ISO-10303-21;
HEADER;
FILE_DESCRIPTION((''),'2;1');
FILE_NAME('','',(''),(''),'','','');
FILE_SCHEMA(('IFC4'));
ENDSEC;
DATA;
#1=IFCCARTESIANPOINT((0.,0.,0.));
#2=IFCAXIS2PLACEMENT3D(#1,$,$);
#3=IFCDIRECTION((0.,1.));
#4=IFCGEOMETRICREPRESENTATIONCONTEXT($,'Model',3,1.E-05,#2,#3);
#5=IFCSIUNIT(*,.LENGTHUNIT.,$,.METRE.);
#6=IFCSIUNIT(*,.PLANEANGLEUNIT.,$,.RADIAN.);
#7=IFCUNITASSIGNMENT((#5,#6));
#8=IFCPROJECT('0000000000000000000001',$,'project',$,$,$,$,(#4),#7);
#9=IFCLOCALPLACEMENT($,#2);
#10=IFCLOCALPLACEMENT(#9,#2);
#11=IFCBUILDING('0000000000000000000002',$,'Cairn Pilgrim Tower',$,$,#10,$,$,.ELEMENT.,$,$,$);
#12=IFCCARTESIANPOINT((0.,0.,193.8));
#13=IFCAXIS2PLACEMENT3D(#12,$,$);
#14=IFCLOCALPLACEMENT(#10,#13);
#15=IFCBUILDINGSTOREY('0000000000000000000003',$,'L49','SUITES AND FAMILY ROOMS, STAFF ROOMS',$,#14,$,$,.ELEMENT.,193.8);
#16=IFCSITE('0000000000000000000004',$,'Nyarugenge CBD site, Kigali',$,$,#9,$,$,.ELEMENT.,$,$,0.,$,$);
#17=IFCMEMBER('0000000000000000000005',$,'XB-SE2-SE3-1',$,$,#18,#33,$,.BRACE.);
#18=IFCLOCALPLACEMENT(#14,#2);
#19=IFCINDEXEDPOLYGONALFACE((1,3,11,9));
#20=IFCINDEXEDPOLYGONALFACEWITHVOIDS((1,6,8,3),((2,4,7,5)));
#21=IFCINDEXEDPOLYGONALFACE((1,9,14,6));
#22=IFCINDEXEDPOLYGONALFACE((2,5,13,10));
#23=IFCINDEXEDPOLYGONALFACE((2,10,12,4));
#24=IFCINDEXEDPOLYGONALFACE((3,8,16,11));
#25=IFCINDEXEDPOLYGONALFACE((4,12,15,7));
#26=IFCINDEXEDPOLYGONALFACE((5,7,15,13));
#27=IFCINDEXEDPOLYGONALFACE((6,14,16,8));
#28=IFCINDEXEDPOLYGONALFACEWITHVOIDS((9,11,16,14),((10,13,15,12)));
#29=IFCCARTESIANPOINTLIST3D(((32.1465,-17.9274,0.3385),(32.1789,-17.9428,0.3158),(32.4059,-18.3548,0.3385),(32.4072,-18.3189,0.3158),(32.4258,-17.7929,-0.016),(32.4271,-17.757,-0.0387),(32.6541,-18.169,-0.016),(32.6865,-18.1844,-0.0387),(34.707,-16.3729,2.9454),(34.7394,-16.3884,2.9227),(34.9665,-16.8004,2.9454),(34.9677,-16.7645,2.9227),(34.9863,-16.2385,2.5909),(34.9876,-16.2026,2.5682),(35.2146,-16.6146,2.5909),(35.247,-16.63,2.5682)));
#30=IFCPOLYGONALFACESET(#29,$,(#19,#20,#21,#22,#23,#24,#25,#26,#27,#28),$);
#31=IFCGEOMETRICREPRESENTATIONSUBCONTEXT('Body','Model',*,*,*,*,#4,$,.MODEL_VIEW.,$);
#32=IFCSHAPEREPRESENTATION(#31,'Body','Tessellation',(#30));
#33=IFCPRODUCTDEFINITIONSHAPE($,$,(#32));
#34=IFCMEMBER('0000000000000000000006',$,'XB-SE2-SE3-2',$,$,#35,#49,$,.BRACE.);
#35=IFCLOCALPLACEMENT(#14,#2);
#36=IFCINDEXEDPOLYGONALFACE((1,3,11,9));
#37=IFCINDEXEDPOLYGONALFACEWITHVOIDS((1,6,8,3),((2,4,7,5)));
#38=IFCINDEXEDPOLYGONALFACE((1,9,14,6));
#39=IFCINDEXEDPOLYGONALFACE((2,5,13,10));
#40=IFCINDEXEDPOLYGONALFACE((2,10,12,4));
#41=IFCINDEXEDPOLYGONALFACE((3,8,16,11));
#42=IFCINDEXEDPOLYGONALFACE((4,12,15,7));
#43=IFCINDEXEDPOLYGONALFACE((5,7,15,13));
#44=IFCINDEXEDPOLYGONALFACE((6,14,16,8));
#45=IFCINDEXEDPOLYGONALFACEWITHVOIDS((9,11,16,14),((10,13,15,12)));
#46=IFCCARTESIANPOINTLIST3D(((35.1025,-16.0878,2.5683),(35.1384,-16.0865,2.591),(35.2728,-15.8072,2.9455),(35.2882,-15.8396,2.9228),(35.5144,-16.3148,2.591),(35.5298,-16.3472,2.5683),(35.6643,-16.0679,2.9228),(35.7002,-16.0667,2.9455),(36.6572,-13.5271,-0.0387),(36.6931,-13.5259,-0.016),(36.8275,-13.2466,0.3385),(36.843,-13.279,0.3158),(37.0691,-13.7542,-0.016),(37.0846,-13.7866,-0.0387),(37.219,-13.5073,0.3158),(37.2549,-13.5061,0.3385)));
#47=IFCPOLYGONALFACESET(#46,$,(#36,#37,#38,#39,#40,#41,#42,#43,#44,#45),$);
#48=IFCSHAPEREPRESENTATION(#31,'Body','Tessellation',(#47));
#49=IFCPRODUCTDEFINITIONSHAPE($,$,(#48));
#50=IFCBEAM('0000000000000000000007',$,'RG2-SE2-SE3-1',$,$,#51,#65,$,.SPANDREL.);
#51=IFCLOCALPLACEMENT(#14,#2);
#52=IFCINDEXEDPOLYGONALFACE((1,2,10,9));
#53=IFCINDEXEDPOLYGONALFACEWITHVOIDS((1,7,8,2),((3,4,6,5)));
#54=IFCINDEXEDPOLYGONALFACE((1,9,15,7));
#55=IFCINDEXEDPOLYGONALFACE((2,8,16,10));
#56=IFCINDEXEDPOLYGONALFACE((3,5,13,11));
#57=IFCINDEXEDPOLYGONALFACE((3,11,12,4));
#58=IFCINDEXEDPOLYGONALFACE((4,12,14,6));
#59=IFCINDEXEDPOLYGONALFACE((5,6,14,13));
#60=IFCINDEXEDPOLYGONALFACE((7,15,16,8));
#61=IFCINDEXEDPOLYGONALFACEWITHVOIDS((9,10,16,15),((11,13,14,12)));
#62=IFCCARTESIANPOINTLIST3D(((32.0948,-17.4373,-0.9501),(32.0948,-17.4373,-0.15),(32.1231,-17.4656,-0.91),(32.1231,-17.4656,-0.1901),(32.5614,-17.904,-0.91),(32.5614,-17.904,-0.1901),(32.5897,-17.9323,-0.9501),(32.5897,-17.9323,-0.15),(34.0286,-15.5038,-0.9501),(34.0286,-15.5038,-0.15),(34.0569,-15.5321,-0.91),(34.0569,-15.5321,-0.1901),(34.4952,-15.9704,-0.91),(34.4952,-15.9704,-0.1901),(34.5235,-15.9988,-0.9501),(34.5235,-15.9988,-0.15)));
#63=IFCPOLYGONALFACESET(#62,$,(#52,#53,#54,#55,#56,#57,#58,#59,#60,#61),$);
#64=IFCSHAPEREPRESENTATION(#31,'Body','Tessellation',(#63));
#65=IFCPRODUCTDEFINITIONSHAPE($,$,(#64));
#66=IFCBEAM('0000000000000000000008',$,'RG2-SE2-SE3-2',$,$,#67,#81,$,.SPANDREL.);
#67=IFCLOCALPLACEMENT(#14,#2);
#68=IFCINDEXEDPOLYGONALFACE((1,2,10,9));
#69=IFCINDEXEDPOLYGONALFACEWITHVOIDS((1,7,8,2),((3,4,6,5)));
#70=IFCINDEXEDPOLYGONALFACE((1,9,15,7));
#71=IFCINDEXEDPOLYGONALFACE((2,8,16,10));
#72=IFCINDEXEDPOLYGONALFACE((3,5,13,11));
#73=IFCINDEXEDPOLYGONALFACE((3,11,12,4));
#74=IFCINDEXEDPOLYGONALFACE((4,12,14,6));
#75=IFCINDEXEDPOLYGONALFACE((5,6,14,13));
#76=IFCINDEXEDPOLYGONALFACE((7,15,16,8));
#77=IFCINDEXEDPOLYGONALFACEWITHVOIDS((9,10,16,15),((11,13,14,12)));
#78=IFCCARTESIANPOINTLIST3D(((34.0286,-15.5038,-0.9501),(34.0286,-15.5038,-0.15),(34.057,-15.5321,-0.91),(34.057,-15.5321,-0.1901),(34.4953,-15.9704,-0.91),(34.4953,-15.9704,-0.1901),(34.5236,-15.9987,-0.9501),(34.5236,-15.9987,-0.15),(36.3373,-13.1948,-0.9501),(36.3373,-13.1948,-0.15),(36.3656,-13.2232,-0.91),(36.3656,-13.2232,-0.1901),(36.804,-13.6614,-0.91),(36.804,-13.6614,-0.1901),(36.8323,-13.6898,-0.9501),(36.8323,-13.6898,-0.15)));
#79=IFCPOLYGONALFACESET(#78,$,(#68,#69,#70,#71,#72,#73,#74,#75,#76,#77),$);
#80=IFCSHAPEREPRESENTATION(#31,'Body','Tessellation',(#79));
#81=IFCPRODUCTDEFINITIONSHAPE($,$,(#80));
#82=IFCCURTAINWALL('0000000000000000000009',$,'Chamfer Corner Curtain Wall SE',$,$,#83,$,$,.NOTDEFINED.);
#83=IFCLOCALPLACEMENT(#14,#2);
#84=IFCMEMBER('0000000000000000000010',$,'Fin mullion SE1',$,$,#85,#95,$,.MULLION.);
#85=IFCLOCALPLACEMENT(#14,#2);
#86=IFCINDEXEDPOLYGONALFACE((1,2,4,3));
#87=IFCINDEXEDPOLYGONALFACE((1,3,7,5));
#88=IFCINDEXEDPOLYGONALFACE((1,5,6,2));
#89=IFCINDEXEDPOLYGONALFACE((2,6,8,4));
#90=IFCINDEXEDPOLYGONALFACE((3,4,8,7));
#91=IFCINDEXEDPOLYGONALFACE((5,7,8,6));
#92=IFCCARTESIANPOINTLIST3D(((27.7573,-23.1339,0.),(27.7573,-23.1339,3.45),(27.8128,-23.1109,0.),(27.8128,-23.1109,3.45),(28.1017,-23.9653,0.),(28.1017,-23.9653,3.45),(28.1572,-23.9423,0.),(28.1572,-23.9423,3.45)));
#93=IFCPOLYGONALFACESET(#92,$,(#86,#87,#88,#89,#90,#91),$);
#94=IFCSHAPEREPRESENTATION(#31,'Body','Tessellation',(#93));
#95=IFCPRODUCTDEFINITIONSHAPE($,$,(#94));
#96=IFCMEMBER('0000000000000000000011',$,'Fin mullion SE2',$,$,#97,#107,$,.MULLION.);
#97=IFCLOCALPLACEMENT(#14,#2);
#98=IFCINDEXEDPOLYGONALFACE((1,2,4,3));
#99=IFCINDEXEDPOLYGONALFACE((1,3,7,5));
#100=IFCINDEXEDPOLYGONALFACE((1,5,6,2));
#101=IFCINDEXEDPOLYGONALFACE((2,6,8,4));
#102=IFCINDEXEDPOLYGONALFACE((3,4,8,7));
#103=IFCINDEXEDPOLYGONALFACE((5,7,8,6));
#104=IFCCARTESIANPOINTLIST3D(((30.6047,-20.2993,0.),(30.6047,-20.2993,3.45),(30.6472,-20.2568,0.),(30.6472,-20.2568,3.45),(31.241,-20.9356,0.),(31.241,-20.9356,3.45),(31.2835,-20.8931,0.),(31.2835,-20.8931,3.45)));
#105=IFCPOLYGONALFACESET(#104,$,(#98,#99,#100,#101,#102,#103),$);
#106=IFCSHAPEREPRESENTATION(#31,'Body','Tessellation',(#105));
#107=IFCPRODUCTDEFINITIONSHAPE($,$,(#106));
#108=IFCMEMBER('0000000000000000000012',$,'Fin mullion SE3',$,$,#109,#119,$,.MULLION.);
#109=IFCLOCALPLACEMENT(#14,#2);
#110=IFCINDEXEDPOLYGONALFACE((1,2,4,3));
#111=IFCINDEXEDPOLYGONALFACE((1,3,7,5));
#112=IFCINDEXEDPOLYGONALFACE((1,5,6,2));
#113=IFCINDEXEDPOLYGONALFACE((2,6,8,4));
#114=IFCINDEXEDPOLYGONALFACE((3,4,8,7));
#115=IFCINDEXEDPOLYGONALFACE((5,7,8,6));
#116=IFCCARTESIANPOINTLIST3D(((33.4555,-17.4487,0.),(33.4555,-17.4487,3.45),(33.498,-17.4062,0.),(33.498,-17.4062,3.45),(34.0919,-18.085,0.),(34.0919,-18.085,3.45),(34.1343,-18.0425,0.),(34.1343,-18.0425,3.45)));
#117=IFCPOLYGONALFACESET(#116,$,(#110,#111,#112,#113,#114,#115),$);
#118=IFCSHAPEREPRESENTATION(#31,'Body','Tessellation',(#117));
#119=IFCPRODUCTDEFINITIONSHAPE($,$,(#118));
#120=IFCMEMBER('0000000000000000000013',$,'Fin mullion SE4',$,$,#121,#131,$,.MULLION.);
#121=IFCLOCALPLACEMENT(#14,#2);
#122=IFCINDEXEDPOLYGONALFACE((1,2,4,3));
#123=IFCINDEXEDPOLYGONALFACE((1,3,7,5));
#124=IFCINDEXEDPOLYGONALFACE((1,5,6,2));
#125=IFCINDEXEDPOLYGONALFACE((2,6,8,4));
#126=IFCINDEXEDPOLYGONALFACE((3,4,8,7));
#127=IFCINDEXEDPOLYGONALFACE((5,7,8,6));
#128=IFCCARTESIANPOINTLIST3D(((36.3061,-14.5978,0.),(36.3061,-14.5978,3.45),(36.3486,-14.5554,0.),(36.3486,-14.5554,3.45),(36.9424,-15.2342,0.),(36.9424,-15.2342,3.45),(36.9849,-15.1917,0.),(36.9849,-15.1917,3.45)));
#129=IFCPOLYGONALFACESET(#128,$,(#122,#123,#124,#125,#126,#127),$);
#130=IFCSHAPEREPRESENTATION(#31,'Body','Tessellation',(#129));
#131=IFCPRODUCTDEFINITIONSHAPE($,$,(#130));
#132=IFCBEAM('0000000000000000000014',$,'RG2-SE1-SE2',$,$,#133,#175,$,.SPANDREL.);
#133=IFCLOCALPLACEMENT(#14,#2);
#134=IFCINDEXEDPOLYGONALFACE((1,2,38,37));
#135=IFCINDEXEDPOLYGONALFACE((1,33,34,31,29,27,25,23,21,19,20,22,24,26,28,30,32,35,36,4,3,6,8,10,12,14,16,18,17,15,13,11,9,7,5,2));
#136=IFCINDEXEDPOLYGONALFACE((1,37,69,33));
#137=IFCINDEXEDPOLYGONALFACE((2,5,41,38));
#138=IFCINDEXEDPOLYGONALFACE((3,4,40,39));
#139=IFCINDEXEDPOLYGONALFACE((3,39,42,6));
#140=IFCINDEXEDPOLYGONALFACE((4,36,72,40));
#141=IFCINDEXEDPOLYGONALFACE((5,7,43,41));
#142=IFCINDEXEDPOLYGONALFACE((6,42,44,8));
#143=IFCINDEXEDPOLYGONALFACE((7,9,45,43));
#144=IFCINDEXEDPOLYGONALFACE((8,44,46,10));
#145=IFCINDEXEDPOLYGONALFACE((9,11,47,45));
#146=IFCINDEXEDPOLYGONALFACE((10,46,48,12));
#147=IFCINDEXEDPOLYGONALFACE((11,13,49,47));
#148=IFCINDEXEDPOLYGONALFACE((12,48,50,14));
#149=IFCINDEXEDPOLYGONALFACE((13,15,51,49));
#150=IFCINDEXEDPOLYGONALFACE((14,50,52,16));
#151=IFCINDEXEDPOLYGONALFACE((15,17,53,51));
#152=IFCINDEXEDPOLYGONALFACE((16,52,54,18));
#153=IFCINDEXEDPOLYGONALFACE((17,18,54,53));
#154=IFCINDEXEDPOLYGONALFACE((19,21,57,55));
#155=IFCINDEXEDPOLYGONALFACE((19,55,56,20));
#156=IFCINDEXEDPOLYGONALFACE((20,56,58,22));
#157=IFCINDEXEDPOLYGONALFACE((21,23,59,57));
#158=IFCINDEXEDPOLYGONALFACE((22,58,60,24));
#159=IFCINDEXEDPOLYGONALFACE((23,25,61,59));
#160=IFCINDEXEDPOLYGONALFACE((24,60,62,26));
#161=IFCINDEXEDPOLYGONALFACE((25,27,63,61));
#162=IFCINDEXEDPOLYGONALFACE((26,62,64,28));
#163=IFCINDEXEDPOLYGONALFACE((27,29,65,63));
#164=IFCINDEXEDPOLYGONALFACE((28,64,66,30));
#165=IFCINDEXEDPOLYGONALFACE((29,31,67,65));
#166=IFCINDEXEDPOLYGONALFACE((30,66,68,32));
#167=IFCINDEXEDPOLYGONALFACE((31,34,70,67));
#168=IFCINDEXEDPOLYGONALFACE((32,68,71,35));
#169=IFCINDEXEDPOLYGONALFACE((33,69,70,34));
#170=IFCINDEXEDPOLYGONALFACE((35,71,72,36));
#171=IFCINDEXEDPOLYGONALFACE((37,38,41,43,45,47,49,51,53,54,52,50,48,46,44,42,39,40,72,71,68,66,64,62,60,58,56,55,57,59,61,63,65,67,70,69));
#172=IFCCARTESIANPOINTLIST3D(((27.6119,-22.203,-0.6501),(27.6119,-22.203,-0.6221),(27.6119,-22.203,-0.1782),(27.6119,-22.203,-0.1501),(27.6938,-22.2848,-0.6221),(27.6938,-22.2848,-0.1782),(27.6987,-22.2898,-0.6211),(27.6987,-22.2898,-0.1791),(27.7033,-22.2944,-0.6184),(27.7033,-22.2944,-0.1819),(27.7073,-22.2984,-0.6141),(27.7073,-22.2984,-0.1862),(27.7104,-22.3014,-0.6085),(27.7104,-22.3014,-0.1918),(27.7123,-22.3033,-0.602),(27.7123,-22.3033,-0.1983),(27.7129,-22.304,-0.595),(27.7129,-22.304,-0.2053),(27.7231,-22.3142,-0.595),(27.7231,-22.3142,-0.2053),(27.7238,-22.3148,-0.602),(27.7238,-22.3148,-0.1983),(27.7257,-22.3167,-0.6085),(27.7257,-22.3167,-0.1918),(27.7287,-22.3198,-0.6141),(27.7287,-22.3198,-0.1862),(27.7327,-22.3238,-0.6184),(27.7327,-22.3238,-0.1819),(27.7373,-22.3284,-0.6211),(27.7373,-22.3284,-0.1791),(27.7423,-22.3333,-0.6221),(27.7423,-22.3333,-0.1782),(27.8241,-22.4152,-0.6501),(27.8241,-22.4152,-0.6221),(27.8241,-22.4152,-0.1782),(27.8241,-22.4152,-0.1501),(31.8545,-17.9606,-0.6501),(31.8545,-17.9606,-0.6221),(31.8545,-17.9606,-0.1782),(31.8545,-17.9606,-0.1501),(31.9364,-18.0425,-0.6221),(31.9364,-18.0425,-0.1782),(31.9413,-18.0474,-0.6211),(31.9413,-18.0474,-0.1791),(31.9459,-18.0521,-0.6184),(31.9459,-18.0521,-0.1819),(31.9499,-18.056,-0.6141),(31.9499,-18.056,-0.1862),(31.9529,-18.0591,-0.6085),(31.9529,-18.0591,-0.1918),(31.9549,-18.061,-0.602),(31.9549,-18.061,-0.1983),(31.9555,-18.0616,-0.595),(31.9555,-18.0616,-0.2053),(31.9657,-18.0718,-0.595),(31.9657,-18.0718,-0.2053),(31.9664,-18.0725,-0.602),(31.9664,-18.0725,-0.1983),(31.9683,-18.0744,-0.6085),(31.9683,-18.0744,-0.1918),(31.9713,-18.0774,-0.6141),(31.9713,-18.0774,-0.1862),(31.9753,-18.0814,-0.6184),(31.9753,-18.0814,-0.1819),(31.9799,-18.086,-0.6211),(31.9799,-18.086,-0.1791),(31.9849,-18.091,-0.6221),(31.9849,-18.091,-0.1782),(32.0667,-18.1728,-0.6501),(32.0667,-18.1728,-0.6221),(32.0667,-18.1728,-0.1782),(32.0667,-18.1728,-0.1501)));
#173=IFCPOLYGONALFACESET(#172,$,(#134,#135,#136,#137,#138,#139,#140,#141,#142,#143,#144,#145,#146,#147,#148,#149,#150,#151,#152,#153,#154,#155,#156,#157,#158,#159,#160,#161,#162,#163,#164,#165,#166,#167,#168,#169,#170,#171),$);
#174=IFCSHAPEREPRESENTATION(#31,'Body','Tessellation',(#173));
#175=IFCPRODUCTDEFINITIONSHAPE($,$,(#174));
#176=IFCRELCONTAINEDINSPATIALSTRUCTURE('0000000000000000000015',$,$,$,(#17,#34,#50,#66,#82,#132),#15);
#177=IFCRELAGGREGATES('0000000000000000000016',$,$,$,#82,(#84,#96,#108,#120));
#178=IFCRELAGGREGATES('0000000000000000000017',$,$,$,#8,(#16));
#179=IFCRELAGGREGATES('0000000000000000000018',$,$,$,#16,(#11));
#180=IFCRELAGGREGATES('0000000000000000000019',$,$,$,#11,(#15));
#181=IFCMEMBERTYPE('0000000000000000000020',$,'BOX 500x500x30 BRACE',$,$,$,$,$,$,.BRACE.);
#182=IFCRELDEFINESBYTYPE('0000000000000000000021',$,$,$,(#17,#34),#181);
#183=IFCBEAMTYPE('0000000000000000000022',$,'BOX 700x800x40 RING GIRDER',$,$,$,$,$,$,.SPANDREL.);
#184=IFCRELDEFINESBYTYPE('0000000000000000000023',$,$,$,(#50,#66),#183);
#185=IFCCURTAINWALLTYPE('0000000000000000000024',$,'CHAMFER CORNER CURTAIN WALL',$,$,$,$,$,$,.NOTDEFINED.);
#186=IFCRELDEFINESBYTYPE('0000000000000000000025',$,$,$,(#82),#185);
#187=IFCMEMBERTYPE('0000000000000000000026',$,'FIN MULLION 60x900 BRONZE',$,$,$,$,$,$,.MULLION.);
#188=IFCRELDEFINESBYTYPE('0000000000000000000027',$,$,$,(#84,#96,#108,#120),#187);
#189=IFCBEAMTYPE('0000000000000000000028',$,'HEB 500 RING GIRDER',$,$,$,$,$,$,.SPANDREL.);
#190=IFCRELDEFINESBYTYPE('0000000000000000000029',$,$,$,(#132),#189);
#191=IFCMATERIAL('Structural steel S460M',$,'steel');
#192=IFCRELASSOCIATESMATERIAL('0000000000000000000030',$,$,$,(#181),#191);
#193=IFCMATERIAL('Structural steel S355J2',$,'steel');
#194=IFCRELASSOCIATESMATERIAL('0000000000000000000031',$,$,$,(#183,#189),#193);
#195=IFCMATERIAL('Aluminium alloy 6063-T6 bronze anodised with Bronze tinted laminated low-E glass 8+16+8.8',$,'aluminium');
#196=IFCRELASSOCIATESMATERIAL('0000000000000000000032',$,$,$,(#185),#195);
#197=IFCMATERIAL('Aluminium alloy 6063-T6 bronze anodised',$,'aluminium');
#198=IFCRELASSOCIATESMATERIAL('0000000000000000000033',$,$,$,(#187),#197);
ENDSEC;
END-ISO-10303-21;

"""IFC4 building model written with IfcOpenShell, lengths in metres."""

from ifc_helpers import new_model, si_unit, direction, frame, origin, origin_2d, place, context, subcontext, project, spatial, rectangle, hollow_rectangle, i_section, extrude, material, material_profile, profile_set, type_object, element, aggregate, save


model = new_model("IFC4")

# Units and contexts
model_context = context("Model", 3, precision=1e-05, world=origin(), true_north=direction((0.0, 1.0)))
body_context = subcontext(model_context, "Body", "Model", "MODEL_VIEW")
ifc_project = project(units=[si_unit("LENGTHUNIT", "METRE"), si_unit("PLANEANGLEUNIT", "RADIAN")], contexts=[model_context])

# Site, building, storey
site_placement = place(None, origin())
site = spatial("IfcSite", under=ifc_project, at=site_placement, Name="Nyarugenge CBD site, Kigali", CompositionType="ELEMENT", RefElevation=0.0)
building_placement = place(site_placement, origin())
building = spatial("IfcBuilding", under=site, at=building_placement, Name="Cairn Pilgrim Tower", CompositionType="ELEMENT")
storey_placement = place(building_placement, frame((0.0, 0.0, 193.8)))
storey = spatial("IfcBuildingStorey", under=building, at=storey_placement, Name="L49", Description="SUITES AND FAMILY ROOMS, STAFF ROOMS", CompositionType="ELEMENT", Elevation=193.8)

# Shared definitions
ifc_material_1 = material(Name="Structural steel S460M", Category="steel")

# Members
ifc_material_profile_1 = material_profile(ifc_material_1, hollow_rectangle(XDim=0.5, YDim=0.5, WallThickness=0.03, at=origin_2d()), Name="BOX 500x500x30")
ifc_profile_set_1 = profile_set([ifc_material_profile_1], Name="Structural steel S460M")
member_type_1 = type_object("IfcMemberType", Name="BOX 500x500x30 BRACE", PredefinedType="BRACE", material=ifc_profile_set_1)
member_1_placement = place(storey_placement, frame((32.4165, -18.0559, 0.1499), z_axis=(0.644812, 0.391449, 0.656494), x_axis=(-0.518936, 0.854813, 0.0)))
element("IfcMember", 1, at=member_1_placement, inside=storey, type_object=member_type_1, Name="XB-SE2-SE3-1", PredefinedType="BRACE", context=body_context, shape_type="SweptSolid", body=[
    extrude(hollow_rectangle(XDim=0.5, YDim=0.5, WallThickness=0.03, at=origin_2d()), origin(), (0.0, 0.0, 1.0), 3.9709),
])
member_2_placement = place(storey_placement, frame((36.9561, -13.5166, 0.1499), z_axis=(-0.391501, -0.644797, 0.656478), x_axis=(0.854777, -0.518995, 0.0)))
element("IfcMember", 2, at=member_2_placement, inside=storey, type_object=member_type_1, Name="XB-SE2-SE3-2", PredefinedType="BRACE", context=body_context, shape_type="SweptSolid", body=[
    extrude(hollow_rectangle(XDim=0.5, YDim=0.5, WallThickness=0.03, at=origin_2d()), origin(), (0.0, 0.0, 1.0), 3.9712),
])

# Beams
ifc_material_2 = material(Name="Structural steel S355J2", Category="steel")
ifc_material_profile_2 = material_profile(ifc_material_2, hollow_rectangle(XDim=0.7, YDim=0.8, WallThickness=0.04, at=origin_2d()), Name="BOX 700x800x40")
ifc_profile_set_2 = profile_set([ifc_material_profile_2], Name="Structural steel S355J2")
beam_type_1 = type_object("IfcBeamType", Name="BOX 700x800x40 RING GIRDER", PredefinedType="SPANDREL", material=ifc_profile_set_2)
beam_1_placement = place(storey_placement, frame((32.3423, -17.6848, -0.55), z_axis=(0.707151, 0.707062, 0.0), x_axis=(-0.707062, 0.707151, 0.0)))
element("IfcBeam", 3, at=beam_1_placement, inside=storey, type_object=beam_type_1, Name="RG2-SE2-SE3-1", PredefinedType="SPANDREL", context=body_context, shape_type="SweptSolid", body=[
    extrude(hollow_rectangle(XDim=0.7, YDim=0.8, WallThickness=0.04, at=origin_2d()), origin(), (0.0, 0.0, 1.0), 2.7346),
])
beam_2_placement = place(storey_placement, frame((34.2761, -15.7512, -0.55), z_axis=(0.707069, 0.707144, 0.0), x_axis=(-0.707144, 0.707069, 0.0)))
element("IfcBeam", 4, at=beam_2_placement, inside=storey, type_object=beam_type_1, Name="RG2-SE2-SE3-2", PredefinedType="SPANDREL", context=body_context, shape_type="SweptSolid", body=[
    extrude(hollow_rectangle(XDim=0.7, YDim=0.8, WallThickness=0.04, at=origin_2d()), origin(), (0.0, 0.0, 1.0), 3.2651),
])

# Curtain wall, members
ifc_material_3 = material(Name="Aluminium alloy 6063-T6 bronze anodised with Bronze tinted laminated low-E glass 8+16+8.8", Category="aluminium")
curtain_wall_type = type_object("IfcCurtainWallType", Name="CHAMFER CORNER CURTAIN WALL", PredefinedType="NOTDEFINED", material=ifc_material_3)
curtain_wall_placement = place(storey_placement, origin())
curtain_wall = element("IfcCurtainWall", 5, at=curtain_wall_placement, inside=storey, type_object=curtain_wall_type, Name="Chamfer Corner Curtain Wall SE", PredefinedType="NOTDEFINED")
ifc_material_4 = material(Name="Aluminium alloy 6063-T6 bronze anodised", Category="aluminium")
ifc_material_profile_3 = material_profile(ifc_material_4, rectangle(XDim=0.8999, YDim=0.0601, at=origin_2d()), Name="FIN MULLION 60x900 BRONZE")
ifc_profile_set_3 = profile_set([ifc_material_profile_3], Name="Aluminium alloy 6063-T6 bronze anodised")
member_type_2 = type_object("IfcMemberType", Name="FIN MULLION 60x900 BRONZE", PredefinedType="MULLION", material=ifc_profile_set_3)
member_3_placement = place(storey_placement, frame((27.9573, -23.5381, 0.0), z_axis=(0.0, 0.0, 1.0), x_axis=(0.382683, -0.92388, 0.0)))
member_3 = element("IfcMember", 6, at=member_3_placement, type_object=member_type_2, Name="Fin mullion SE1", PredefinedType="MULLION", context=body_context, shape_type="SweptSolid", body=[
    extrude(rectangle(XDim=0.8999, YDim=0.0601, at=origin_2d()), origin(), (0.0, 0.0, 1.0), 3.45),
])
member_4_placement = place(storey_placement, frame((30.9441, -20.5962, 0.0), z_axis=(0.0, 0.0, 1.0), x_axis=(0.707107, -0.707107, 0.0)))
member_4 = element("IfcMember", 7, at=member_4_placement, type_object=member_type_2, Name="Fin mullion SE2", PredefinedType="MULLION", context=body_context, shape_type="SweptSolid", body=[
    extrude(rectangle(XDim=0.8999, YDim=0.0601, at=origin_2d()), origin(), (0.0, 0.0, 1.0), 3.45),
])
member_5_placement = place(storey_placement, frame((33.7949, -17.7456, 0.0), z_axis=(0.0, 0.0, 1.0), x_axis=(0.707107, -0.707107, 0.0)))
member_5 = element("IfcMember", 8, at=member_5_placement, type_object=member_type_2, Name="Fin mullion SE3", PredefinedType="MULLION", context=body_context, shape_type="SweptSolid", body=[
    extrude(rectangle(XDim=0.8999, YDim=0.0601, at=origin_2d()), origin(), (0.0, 0.0, 1.0), 3.45),
])
member_6_placement = place(storey_placement, frame((36.6455, -14.8948, 0.0), z_axis=(0.0, 0.0, 1.0), x_axis=(0.707107, -0.707107, 0.0)))
member_6 = element("IfcMember", 9, at=member_6_placement, type_object=member_type_2, Name="Fin mullion SE4", PredefinedType="MULLION", context=body_context, shape_type="SweptSolid", body=[
    extrude(rectangle(XDim=0.8999, YDim=0.0601, at=origin_2d()), origin(), (0.0, 0.0, 1.0), 3.45),
])

# Beam
ifc_material_profile_4 = material_profile(ifc_material_2, i_section(OverallWidth=0.3, OverallDepth=0.5, WebThickness=0.0144, FlangeThickness=0.0281, FilletRadius=0.0271, at=origin_2d()), Name="HEB 500")
ifc_profile_set_4 = profile_set([ifc_material_profile_4], Name="Structural steel S355J2")
beam_type_2 = type_object("IfcBeamType", Name="HEB 500 RING GIRDER", PredefinedType="SPANDREL", material=ifc_profile_set_4)
beam_3_placement = place(storey_placement, frame((27.718, -22.3091, -0.4001), z_axis=(0.707127, 0.707086, 0.0), x_axis=(-0.707086, 0.707127, 0.0)))
element("IfcBeam", 10, at=beam_3_placement, inside=storey, type_object=beam_type_2, Name="RG2-SE1-SE2", PredefinedType="SPANDREL", context=body_context, shape_type="SweptSolid", body=[
    extrude(i_section(OverallWidth=0.3, OverallDepth=0.5, WebThickness=0.0144, FlangeThickness=0.0281, FilletRadius=0.0271, at=origin_2d()), origin(), (0.0, 0.0, 1.0), 5.9998),
])

aggregate(curtain_wall, [member_3, member_4, member_5, member_6])

save(model, "model.ifc")
